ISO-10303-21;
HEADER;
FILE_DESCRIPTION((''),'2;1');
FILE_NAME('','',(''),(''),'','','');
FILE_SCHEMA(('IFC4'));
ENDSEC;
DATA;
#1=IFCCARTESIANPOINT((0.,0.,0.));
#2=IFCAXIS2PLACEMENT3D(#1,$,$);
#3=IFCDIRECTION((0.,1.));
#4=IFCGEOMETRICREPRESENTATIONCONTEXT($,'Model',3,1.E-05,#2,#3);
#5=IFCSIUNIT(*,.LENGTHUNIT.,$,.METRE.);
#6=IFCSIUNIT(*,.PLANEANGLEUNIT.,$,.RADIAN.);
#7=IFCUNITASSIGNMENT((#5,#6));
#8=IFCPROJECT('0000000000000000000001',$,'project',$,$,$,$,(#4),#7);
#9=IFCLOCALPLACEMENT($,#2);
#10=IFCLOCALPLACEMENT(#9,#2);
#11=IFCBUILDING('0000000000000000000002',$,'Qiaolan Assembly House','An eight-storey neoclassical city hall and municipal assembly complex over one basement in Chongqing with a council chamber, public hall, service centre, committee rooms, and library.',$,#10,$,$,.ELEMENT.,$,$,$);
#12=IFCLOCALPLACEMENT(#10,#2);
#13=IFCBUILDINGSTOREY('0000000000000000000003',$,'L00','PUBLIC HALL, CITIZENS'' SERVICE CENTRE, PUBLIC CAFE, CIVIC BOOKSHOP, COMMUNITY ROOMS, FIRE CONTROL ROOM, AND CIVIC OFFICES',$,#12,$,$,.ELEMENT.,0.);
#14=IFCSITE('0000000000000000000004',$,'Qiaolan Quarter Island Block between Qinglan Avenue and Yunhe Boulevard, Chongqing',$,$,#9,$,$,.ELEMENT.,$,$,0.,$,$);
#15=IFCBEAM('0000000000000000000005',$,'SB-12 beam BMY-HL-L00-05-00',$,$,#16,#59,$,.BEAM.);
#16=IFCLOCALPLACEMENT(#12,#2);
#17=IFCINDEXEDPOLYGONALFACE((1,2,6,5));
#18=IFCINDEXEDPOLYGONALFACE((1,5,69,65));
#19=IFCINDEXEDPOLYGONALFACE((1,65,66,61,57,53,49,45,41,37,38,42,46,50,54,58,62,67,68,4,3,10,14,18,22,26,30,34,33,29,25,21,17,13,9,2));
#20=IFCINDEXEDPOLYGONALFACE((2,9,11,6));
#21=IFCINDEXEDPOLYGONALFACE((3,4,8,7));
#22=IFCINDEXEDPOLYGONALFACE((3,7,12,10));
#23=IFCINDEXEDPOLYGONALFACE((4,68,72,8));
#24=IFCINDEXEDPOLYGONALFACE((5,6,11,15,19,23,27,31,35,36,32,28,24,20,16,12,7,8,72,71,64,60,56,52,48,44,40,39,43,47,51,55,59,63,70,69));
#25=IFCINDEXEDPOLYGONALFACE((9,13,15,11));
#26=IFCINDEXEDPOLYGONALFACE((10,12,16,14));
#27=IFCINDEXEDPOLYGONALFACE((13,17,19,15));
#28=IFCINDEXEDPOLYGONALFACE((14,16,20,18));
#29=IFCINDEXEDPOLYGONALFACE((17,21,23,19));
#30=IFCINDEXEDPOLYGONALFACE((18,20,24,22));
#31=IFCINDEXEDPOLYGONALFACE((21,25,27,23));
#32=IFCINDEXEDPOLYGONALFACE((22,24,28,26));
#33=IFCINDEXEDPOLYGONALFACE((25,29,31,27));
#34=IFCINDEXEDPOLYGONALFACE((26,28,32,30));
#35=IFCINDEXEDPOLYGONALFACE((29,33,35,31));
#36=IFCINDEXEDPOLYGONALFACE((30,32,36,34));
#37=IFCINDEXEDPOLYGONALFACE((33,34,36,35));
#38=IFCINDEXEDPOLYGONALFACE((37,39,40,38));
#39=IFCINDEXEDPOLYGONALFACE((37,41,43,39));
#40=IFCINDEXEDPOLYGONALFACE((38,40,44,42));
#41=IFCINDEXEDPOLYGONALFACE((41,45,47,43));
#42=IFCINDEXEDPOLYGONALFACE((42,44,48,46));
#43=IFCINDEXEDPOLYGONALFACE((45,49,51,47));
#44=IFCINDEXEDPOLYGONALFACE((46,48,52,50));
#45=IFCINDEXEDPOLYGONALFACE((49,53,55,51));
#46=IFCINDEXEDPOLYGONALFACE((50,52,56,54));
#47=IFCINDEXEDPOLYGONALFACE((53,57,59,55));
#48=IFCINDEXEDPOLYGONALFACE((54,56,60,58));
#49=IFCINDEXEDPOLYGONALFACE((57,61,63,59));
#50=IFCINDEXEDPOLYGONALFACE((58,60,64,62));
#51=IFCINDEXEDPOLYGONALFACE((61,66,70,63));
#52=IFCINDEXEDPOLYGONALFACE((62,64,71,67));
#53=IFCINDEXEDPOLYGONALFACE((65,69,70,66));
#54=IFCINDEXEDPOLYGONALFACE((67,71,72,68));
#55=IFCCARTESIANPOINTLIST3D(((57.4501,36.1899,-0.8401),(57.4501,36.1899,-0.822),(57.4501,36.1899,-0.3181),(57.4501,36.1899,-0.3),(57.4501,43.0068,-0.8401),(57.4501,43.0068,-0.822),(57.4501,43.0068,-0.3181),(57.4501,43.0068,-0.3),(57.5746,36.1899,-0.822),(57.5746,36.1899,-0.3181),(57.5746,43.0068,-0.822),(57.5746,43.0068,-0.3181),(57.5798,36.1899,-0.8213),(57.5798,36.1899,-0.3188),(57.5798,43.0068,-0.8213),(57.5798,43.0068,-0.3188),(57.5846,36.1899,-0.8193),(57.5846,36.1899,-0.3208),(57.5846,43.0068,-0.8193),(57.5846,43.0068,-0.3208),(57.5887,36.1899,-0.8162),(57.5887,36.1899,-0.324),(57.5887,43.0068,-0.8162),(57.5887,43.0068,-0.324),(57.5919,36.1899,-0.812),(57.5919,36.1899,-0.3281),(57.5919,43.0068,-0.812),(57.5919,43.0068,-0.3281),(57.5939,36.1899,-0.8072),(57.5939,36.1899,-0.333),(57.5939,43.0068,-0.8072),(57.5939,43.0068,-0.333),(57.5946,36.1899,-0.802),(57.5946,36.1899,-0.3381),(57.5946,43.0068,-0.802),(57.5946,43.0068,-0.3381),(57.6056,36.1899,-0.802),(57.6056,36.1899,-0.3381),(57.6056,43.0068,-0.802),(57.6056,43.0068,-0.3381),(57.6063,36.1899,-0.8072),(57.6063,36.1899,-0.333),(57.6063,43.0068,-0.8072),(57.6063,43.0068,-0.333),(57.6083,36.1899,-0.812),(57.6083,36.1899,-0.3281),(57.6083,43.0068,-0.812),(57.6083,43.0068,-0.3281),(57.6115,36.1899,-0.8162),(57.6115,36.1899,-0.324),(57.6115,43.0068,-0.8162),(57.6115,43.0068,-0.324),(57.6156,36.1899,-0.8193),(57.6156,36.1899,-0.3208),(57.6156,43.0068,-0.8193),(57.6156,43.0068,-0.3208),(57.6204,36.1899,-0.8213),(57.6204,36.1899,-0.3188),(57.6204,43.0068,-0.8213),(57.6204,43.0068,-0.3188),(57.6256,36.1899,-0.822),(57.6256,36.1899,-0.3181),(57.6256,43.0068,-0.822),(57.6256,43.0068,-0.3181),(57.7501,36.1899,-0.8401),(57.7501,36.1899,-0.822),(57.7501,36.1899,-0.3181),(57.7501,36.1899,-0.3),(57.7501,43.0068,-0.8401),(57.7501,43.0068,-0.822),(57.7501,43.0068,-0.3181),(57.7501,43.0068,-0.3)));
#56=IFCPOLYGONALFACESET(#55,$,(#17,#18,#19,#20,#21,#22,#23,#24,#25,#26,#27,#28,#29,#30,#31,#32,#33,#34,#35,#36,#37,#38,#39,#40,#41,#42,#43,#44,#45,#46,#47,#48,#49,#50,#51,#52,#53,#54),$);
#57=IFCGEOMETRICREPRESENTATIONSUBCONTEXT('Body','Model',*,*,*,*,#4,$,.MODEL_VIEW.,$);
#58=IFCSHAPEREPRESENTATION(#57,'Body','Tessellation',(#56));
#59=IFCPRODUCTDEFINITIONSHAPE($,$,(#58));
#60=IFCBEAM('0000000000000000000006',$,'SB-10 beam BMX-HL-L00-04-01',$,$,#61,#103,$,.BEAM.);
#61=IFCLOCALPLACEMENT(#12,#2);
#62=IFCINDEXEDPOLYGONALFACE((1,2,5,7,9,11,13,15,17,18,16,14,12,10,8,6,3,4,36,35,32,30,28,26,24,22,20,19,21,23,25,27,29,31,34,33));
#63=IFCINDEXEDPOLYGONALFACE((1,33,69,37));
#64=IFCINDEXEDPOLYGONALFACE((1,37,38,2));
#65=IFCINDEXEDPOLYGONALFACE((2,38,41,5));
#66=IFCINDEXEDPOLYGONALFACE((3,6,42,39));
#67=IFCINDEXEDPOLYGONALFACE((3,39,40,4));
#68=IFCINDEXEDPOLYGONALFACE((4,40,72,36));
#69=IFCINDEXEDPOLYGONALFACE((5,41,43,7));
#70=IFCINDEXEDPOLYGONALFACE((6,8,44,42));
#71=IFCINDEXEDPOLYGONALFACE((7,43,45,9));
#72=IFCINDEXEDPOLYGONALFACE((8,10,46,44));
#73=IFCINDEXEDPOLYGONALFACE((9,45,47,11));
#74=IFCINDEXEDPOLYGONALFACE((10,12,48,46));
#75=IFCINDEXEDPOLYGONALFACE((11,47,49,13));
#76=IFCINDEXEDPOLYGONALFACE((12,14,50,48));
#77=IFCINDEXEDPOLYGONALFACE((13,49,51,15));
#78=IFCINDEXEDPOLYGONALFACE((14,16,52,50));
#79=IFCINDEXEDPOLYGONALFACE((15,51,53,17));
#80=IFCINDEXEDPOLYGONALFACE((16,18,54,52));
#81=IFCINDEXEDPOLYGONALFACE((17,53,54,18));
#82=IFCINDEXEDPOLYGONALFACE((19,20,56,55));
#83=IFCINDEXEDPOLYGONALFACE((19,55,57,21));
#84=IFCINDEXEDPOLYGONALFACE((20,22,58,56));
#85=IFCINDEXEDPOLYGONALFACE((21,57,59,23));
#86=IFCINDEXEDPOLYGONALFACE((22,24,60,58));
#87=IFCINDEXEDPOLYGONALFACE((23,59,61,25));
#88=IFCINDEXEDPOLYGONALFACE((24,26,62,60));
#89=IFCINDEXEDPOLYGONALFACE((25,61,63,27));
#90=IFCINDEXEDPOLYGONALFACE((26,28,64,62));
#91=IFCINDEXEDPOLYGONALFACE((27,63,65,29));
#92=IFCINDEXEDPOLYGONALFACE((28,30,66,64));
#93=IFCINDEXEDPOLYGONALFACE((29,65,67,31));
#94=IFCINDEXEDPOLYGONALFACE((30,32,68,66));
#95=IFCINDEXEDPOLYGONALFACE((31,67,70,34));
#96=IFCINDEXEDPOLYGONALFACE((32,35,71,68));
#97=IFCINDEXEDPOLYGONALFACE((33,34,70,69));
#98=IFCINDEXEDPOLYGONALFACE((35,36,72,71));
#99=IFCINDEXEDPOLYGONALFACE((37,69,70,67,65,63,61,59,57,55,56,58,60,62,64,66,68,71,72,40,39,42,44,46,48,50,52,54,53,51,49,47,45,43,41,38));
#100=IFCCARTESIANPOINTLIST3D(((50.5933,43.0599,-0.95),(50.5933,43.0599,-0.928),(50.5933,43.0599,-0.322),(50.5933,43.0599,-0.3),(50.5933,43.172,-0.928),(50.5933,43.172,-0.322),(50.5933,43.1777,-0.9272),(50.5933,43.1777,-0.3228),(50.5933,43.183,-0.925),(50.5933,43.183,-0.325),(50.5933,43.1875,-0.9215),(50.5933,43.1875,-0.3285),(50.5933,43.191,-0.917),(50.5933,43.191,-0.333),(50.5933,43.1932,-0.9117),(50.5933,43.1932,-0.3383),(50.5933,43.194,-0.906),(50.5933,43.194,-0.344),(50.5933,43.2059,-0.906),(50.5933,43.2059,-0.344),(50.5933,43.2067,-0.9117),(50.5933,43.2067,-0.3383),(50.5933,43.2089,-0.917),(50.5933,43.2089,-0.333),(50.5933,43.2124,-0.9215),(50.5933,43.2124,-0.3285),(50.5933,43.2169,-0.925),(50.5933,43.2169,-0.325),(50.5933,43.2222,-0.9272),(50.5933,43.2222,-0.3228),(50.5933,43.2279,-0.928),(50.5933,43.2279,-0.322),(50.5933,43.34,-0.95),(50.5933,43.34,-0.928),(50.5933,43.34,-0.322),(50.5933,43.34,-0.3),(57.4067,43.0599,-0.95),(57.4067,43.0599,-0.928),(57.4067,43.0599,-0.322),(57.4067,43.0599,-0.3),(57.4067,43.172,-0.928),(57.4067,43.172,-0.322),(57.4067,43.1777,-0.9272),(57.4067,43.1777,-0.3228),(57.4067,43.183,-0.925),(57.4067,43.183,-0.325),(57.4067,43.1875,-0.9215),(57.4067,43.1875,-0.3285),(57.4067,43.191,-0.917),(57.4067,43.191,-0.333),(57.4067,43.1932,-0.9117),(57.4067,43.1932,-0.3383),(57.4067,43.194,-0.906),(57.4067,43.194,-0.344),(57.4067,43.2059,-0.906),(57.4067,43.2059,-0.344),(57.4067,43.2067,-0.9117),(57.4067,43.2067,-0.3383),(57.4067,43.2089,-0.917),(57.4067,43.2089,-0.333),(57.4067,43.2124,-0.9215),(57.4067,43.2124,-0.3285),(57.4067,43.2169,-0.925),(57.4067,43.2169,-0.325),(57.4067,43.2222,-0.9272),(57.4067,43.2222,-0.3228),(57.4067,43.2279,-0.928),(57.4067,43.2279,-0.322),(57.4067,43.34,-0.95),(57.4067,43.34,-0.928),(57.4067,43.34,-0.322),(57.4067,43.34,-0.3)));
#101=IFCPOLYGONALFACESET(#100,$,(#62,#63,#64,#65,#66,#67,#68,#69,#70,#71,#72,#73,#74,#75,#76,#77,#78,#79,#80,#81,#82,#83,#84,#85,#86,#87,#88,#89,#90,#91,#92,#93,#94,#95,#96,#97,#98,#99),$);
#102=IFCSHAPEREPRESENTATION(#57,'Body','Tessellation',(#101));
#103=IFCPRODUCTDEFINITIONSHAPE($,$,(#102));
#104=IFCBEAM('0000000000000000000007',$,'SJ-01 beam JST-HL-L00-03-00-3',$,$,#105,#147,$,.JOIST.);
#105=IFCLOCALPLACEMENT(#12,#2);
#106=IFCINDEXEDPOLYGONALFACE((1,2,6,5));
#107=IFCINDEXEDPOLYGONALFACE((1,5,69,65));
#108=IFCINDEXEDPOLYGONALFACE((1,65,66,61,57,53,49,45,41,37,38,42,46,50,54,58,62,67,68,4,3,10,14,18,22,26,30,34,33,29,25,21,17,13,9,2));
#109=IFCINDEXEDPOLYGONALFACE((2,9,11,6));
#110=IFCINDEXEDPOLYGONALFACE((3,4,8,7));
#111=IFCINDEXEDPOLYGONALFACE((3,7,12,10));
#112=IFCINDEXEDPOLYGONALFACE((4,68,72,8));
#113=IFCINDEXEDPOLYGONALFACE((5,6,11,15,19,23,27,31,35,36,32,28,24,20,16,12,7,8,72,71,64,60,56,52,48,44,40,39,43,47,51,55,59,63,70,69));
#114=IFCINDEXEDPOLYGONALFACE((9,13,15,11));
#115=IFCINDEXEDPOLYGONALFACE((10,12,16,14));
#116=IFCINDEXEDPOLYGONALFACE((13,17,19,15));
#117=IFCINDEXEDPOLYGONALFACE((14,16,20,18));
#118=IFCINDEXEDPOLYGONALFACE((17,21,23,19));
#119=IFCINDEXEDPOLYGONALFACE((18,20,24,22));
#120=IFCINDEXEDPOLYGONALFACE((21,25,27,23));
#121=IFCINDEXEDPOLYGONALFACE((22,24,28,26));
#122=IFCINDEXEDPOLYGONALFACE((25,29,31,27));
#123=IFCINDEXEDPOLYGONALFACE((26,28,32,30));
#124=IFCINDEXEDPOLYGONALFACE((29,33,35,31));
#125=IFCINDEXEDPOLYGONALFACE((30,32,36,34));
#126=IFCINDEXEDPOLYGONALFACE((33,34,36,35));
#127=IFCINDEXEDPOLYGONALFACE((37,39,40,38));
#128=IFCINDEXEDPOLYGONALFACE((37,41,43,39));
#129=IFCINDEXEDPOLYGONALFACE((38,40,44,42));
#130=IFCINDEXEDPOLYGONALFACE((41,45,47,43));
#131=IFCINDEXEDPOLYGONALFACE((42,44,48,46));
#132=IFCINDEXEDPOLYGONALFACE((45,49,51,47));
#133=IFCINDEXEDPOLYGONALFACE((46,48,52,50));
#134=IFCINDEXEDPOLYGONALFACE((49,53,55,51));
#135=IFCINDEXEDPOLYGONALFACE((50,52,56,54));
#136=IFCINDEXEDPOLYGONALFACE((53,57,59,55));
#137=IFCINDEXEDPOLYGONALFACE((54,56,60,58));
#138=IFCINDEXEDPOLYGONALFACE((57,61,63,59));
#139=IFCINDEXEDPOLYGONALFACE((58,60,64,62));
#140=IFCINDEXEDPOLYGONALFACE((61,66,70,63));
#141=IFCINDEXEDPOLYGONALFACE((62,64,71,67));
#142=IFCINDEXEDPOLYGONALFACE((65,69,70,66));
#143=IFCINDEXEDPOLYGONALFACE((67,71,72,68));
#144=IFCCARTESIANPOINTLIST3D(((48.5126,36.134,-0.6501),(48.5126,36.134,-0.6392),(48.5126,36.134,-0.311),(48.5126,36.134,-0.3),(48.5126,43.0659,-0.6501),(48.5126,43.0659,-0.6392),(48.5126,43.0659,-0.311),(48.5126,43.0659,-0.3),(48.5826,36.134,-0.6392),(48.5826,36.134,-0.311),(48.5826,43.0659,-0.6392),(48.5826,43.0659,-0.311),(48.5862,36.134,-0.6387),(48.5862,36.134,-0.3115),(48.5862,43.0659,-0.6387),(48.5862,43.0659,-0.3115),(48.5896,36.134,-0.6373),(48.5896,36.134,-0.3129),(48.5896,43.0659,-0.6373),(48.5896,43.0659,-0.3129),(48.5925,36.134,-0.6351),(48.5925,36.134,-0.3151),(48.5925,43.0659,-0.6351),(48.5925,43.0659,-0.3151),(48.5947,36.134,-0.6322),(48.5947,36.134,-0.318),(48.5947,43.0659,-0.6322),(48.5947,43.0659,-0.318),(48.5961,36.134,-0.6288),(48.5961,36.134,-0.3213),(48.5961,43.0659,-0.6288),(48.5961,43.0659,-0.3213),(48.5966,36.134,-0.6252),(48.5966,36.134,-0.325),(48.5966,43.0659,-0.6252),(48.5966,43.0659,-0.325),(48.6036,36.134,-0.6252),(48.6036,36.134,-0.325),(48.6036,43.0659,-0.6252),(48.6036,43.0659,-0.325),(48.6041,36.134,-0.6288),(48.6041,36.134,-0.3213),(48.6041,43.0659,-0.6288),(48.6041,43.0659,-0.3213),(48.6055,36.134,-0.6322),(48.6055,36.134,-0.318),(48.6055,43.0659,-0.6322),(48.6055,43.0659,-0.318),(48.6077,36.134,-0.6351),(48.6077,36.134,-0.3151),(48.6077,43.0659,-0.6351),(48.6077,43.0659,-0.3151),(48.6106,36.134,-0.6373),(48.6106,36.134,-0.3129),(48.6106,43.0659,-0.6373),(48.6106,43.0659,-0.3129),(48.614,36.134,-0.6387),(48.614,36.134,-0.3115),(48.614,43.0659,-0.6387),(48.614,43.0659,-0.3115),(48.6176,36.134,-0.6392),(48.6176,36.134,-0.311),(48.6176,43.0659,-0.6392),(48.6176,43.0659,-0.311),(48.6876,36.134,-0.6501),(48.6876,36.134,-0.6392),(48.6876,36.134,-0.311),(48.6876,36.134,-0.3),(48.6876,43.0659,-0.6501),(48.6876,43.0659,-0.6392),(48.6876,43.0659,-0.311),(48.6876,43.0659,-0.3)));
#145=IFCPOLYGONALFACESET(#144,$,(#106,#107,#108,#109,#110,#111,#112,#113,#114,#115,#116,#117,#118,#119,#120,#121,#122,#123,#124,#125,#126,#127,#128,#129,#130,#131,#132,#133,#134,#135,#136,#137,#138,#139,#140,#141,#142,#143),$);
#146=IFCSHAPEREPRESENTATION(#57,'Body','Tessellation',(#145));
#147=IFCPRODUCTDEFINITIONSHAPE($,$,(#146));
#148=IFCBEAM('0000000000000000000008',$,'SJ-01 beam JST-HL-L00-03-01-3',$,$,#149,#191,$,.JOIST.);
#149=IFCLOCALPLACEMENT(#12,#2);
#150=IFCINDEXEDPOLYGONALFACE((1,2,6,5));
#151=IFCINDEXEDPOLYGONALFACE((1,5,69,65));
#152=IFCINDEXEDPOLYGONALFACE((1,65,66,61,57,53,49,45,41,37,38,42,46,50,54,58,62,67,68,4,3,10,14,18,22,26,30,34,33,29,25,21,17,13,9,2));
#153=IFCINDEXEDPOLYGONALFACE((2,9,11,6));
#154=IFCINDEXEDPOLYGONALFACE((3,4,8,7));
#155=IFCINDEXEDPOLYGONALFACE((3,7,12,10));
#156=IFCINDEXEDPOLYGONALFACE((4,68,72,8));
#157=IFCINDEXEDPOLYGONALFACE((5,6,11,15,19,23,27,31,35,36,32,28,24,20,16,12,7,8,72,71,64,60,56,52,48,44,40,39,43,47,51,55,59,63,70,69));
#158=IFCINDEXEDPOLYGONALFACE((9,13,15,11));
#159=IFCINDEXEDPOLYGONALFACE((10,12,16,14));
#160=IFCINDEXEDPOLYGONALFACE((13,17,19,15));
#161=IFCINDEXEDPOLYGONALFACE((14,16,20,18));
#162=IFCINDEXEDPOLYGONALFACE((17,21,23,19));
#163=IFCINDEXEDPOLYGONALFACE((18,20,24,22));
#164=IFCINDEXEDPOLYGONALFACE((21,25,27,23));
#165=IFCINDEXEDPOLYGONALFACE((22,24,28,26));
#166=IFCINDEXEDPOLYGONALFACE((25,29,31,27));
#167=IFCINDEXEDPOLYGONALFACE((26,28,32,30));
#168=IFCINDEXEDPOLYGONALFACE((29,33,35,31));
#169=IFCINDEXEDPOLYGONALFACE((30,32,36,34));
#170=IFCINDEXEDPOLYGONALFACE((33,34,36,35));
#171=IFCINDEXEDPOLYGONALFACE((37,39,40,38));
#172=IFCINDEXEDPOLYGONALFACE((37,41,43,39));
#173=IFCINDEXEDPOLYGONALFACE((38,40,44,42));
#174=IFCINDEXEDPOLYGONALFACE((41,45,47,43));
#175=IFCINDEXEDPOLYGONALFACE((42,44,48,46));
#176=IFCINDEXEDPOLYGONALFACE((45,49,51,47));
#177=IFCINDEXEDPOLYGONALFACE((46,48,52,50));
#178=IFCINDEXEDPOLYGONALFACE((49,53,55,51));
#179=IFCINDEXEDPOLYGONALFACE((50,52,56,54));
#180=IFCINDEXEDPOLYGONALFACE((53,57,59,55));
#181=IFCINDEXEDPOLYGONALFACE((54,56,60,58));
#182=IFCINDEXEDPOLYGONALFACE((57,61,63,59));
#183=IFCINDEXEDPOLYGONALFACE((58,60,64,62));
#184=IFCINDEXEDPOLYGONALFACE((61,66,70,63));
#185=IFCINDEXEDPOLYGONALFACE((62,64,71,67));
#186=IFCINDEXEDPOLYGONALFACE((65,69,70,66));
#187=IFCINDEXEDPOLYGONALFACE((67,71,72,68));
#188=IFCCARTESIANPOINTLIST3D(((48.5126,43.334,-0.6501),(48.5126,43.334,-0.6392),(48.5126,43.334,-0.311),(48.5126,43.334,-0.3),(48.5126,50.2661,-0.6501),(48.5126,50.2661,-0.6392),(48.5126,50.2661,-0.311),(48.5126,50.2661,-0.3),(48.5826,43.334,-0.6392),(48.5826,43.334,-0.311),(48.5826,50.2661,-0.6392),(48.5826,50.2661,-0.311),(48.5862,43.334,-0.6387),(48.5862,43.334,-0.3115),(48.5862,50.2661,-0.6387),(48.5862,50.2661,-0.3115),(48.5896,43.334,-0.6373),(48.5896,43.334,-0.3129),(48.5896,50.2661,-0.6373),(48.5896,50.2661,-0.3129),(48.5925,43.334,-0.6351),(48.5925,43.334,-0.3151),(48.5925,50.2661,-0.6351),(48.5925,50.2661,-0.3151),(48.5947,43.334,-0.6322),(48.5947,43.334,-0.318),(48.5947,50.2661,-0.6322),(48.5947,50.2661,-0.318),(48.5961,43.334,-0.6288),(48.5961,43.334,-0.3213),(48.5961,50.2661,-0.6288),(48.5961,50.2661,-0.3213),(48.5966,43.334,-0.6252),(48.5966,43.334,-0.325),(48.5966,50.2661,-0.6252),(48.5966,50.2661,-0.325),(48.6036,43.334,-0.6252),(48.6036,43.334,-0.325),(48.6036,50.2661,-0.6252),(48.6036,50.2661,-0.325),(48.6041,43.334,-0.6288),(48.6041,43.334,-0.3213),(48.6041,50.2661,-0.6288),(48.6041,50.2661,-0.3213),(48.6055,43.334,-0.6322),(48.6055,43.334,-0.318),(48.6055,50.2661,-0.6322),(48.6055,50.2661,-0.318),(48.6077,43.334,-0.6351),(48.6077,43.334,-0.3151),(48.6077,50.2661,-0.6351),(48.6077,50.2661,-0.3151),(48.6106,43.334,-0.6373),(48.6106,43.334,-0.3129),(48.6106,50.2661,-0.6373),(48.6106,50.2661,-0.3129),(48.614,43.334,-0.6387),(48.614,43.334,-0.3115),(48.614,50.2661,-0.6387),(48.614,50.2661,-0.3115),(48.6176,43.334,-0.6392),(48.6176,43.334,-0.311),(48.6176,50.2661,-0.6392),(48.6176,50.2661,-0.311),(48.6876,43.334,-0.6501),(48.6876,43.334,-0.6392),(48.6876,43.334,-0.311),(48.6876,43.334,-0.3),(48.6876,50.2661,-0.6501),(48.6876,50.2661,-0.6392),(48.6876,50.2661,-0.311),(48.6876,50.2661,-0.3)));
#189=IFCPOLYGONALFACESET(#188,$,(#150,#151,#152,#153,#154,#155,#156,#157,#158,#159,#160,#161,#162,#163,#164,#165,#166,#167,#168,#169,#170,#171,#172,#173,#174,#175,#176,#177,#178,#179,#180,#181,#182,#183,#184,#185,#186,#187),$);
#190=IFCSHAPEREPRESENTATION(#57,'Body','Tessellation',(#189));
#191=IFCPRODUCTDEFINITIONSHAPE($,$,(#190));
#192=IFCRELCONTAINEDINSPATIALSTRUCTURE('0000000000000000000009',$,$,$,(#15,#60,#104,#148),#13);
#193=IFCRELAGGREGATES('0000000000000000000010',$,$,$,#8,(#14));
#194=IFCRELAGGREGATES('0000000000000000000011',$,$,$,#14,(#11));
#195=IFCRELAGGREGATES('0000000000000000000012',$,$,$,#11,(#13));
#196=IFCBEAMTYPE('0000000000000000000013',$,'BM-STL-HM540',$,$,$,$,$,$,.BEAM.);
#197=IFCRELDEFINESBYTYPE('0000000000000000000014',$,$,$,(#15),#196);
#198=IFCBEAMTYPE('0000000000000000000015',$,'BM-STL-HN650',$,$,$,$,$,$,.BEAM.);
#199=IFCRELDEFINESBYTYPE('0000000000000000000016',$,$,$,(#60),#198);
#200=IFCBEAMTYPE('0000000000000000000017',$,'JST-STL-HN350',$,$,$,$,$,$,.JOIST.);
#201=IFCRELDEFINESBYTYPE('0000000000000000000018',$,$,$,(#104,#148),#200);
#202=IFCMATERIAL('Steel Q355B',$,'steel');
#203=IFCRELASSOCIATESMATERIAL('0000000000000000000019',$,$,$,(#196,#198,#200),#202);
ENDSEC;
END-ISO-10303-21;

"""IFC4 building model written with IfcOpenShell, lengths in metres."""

from ifc_helpers import new_model, si_unit, direction, frame, origin, origin_2d, place, context, subcontext, project, spatial, i_section, extrude, material, material_profile, profile_set, type_object, element, save


model = new_model("IFC4")

# Units and contexts
model_context = context("Model", 3, precision=1e-05, world=origin(), true_north=direction((0.0, 1.0)))
body_context = subcontext(model_context, "Body", "Model", "MODEL_VIEW")
ifc_project = project(units=[si_unit("LENGTHUNIT", "METRE"), si_unit("PLANEANGLEUNIT", "RADIAN")], contexts=[model_context])

# Site, building, storey
site_placement = place(None, origin())
site = spatial("IfcSite", under=ifc_project, at=site_placement, Name="Qiaolan Quarter Island Block between Qinglan Avenue and Yunhe Boulevard, Chongqing", CompositionType="ELEMENT", RefElevation=0.0)
building_placement = place(site_placement, origin())
building = spatial("IfcBuilding", under=site, at=building_placement, Name="Qiaolan Assembly House", Description="An eight-storey neoclassical city hall and municipal assembly complex over one basement in Chongqing with a council chamber, public hall, service centre, committee rooms, and library.", CompositionType="ELEMENT")
storey_placement = place(building_placement, origin())
storey = spatial("IfcBuildingStorey", under=building, at=storey_placement, Name="L00", Description="PUBLIC HALL, CITIZENS' SERVICE CENTRE, PUBLIC CAFE, CIVIC BOOKSHOP, COMMUNITY ROOMS, FIRE CONTROL ROOM, AND CIVIC OFFICES", CompositionType="ELEMENT", Elevation=0.0)

# Shared definitions
ifc_material_1 = material(Name="Steel Q355B", Category="steel")

# Beams
ifc_material_profile_1 = material_profile(ifc_material_1, i_section(OverallWidth=0.3, OverallDepth=0.54, WebThickness=0.011, FlangeThickness=0.0181, FilletRadius=0.02, at=origin_2d()), Name="HM 540x300x11x18")
ifc_profile_set_1 = profile_set([ifc_material_profile_1], Name="Steel Q355B")
beam_type_1 = type_object("IfcBeamType", Name="BM-STL-HM540", PredefinedType="BEAM", material=ifc_profile_set_1)
beam_1_placement = place(storey_placement, frame((57.6001, 36.1899, -0.5701), z_axis=(0.0, 1.0, 0.0), x_axis=(-1.0, 0.0, 0.0)))
element("IfcBeam", 1, at=beam_1_placement, inside=storey, type_object=beam_type_1, Name="SB-12 beam BMY-HL-L00-05-00", PredefinedType="BEAM", context=body_context, shape_type="SweptSolid", body=[
    extrude(i_section(OverallWidth=0.3, OverallDepth=0.54, WebThickness=0.011, FlangeThickness=0.0181, FilletRadius=0.02, at=origin_2d()), origin(), (0.0, 0.0, 1.0), 6.8169),
])
ifc_material_profile_2 = material_profile(ifc_material_1, i_section(OverallWidth=0.28, OverallDepth=0.6499, WebThickness=0.012, FlangeThickness=0.022, FilletRadius=0.022, at=origin_2d()), Name="HN 650x280x12x22")
ifc_profile_set_2 = profile_set([ifc_material_profile_2], Name="Steel Q355B")
beam_type_2 = type_object("IfcBeamType", Name="BM-STL-HN650", PredefinedType="BEAM", material=ifc_profile_set_2)
beam_2_placement = place(storey_placement, frame((50.5933, 43.2, -0.625), z_axis=(1.0, 0.0, 0.0), x_axis=(0.0, 1.0, 0.0)))
element("IfcBeam", 2, at=beam_2_placement, inside=storey, type_object=beam_type_2, Name="SB-10 beam BMX-HL-L00-04-01", PredefinedType="BEAM", context=body_context, shape_type="SweptSolid", body=[
    extrude(i_section(OverallWidth=0.28, OverallDepth=0.6499, WebThickness=0.012, FlangeThickness=0.022, FilletRadius=0.022, at=origin_2d()), origin(), (0.0, 0.0, 1.0), 6.8135),
])
ifc_material_profile_3 = material_profile(ifc_material_1, i_section(OverallWidth=0.175, OverallDepth=0.3501, WebThickness=0.0071, FlangeThickness=0.011, FilletRadius=0.0139, at=origin_2d()), Name="HN 350x175x7x11")
ifc_profile_set_3 = profile_set([ifc_material_profile_3], Name="Steel Q355B")
beam_type_3 = type_object("IfcBeamType", Name="JST-STL-HN350", PredefinedType="JOIST", material=ifc_profile_set_3)
beam_3_placement = place(storey_placement, frame((48.6001, 36.134, -0.4751), z_axis=(0.0, 1.0, 0.0), x_axis=(-1.0, 0.0, 0.0)))
element("IfcBeam", 3, at=beam_3_placement, inside=storey, type_object=beam_type_3, Name="SJ-01 beam JST-HL-L00-03-00-3", PredefinedType="JOIST", context=body_context, shape_type="SweptSolid", body=[
    extrude(i_section(OverallWidth=0.175, OverallDepth=0.3501, WebThickness=0.0071, FlangeThickness=0.011, FilletRadius=0.0139, at=origin_2d()), origin(), (0.0, 0.0, 1.0), 6.9319),
])
beam_4_placement = place(storey_placement, frame((48.6001, 43.334, -0.4751), z_axis=(0.0, 1.0, 0.0), x_axis=(-1.0, 0.0, 0.0)))
element("IfcBeam", 4, at=beam_4_placement, inside=storey, type_object=beam_type_3, Name="SJ-01 beam JST-HL-L00-03-01-3", PredefinedType="JOIST", context=body_context, shape_type="SweptSolid", body=[
    extrude(i_section(OverallWidth=0.175, OverallDepth=0.3501, WebThickness=0.0071, FlangeThickness=0.011, FilletRadius=0.0139, at=origin_2d()), origin(), (0.0, 0.0, 1.0), 6.9321),
])

save(model, "model.ifc")
